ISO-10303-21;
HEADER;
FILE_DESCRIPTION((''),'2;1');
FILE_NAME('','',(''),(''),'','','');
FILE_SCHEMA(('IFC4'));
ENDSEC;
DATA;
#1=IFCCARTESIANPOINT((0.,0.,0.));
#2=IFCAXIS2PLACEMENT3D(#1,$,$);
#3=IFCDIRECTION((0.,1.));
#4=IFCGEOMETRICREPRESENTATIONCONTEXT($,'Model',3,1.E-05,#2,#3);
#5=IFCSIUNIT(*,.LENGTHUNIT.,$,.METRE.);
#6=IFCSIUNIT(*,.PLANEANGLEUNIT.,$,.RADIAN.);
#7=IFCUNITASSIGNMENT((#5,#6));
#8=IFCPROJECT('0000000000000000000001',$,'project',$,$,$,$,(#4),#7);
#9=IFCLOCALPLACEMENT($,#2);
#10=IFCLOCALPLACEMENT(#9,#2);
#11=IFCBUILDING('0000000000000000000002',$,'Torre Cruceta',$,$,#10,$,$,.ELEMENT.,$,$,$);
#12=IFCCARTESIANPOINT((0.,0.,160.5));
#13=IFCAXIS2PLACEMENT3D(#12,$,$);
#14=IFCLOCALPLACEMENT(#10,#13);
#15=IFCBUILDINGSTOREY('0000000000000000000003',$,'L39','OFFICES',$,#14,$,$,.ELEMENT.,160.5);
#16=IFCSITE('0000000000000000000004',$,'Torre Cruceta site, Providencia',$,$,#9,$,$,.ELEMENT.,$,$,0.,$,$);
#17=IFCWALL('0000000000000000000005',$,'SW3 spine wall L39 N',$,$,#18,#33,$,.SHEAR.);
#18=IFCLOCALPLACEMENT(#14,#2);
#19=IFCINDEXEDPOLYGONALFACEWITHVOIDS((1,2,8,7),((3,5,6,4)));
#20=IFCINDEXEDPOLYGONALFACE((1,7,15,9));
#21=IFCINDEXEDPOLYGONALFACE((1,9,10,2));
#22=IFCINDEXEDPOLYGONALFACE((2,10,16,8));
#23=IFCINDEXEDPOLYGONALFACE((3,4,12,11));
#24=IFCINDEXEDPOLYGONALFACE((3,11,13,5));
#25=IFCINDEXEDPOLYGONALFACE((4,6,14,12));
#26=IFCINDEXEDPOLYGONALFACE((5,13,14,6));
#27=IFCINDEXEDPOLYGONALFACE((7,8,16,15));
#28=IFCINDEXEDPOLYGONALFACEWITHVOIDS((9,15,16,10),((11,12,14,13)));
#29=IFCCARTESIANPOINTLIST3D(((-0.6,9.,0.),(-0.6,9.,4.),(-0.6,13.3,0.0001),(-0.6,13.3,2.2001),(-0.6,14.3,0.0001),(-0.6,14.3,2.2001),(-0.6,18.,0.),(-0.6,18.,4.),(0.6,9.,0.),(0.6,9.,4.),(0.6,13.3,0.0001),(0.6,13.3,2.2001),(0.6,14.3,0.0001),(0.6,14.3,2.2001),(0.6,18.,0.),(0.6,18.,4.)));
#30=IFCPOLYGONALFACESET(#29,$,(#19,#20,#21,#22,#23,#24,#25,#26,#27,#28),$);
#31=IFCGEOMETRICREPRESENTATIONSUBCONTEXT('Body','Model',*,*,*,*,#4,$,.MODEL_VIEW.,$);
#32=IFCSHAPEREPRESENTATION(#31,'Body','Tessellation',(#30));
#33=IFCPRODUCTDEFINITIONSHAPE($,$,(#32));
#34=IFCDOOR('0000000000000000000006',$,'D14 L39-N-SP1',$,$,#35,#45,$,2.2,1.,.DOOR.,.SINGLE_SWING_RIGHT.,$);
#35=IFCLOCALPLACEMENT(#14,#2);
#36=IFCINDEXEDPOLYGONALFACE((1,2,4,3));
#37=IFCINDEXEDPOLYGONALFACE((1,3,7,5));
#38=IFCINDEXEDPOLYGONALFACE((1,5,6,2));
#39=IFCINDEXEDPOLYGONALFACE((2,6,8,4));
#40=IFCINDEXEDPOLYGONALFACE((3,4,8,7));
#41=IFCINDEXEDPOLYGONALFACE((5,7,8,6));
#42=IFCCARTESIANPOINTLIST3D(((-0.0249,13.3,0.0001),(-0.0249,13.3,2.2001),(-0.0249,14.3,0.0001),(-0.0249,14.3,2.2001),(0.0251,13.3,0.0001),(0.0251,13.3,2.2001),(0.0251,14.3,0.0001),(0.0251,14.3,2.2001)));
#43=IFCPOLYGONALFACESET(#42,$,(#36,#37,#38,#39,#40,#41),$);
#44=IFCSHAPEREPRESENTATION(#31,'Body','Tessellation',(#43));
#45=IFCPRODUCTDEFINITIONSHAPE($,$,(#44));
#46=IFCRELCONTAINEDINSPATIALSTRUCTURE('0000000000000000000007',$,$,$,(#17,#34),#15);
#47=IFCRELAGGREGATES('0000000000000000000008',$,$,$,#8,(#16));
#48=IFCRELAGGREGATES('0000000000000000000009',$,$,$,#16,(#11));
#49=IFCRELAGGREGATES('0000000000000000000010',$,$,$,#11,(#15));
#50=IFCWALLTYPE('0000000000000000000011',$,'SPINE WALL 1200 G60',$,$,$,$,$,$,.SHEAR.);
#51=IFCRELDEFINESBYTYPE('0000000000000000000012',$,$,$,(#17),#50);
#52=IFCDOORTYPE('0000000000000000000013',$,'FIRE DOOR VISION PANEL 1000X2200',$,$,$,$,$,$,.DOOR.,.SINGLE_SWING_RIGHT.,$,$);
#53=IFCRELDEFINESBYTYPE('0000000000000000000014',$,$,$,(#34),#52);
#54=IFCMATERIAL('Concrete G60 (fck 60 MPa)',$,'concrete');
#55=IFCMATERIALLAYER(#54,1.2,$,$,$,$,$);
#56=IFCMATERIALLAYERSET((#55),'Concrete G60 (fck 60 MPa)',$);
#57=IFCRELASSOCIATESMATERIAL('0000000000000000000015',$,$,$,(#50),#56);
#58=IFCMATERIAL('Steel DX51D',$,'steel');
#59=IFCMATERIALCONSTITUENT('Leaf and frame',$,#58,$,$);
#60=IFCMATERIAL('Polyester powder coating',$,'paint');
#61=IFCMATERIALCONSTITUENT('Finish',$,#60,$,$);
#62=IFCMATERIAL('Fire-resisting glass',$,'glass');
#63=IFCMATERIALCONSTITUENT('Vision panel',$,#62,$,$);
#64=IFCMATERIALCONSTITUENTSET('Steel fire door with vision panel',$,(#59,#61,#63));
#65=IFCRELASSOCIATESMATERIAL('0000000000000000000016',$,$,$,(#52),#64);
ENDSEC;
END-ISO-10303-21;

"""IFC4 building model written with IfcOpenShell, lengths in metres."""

from ifc_helpers import new_model, si_unit, direction, frame, frame_2d, origin, place, context, subcontext, project, spatial, rectangle, extrude, material, layer, layer_set, constituent, constituent_set, type_object, element, fill, save


model = new_model("IFC4")

# Units and contexts
model_context = context("Model", 3, precision=1e-05, world=origin(), true_north=direction((0.0, 1.0)))
body_context = subcontext(model_context, "Body", "Model", "MODEL_VIEW")
ifc_project = project(units=[si_unit("LENGTHUNIT", "METRE"), si_unit("PLANEANGLEUNIT", "RADIAN")], contexts=[model_context])

# Site, building, storey
site_placement = place(None, origin())
site = spatial("IfcSite", under=ifc_project, at=site_placement, Name="Torre Cruceta site, Providencia", CompositionType="ELEMENT", RefElevation=0.0)
building_placement = place(site_placement, origin())
building = spatial("IfcBuilding", under=site, at=building_placement, Name="Torre Cruceta", CompositionType="ELEMENT")
storey_placement = place(building_placement, frame((0.0, 0.0, 160.5)))
storey = spatial("IfcBuildingStorey", under=building, at=storey_placement, Name="L39", Description="OFFICES", CompositionType="ELEMENT", Elevation=160.5)

# Wall, opening, door
ifc_material_1 = material(Name="Concrete G60 (fck 60 MPa)", Category="concrete")
ifc_layer_1 = layer(ifc_material_1, 1.2)
ifc_layer_set_1 = layer_set([ifc_layer_1], Name="Concrete G60 (fck 60 MPa)")
wall_type_1 = type_object("IfcWallType", Name="SPINE WALL 1200 G60", PredefinedType="SHEAR", material=ifc_layer_set_1)
wall_1_placement = place(storey_placement, frame((0.0, 9.0, 0.0), z_axis=(0.0, 0.0, 1.0), x_axis=(0.0, 1.0, 0.0)))
wall_1 = element("IfcWall", 1, at=wall_1_placement, inside=storey, type_object=wall_type_1, Name="SW3 spine wall L39 N", PredefinedType="SHEAR", context=body_context, shape_type="SweptSolid", body=[
    extrude(rectangle(XDim=9.0, YDim=1.2, at=frame_2d((4.5, 0.0))), origin(), (0.0, 0.0, 1.0), 4.0),
])
opening_1_placement = place(wall_1_placement, frame((4.3, 0.0, 0.0)))
opening_1 = element("IfcOpeningElement", 2, at=opening_1_placement, cuts=wall_1, PredefinedType="OPENING", context=body_context, shape_type="SweptSolid", body=[
    extrude(rectangle(XDim=1.0, YDim=2.2, at=frame_2d((0.5, 1.1001))), frame((0.0, 0.6099, 0.0), z_axis=(0.0, -1.0, 0.0), x_axis=(1.0, 0.0, 0.0)), (0.0, 0.0, 1.0), 1.22),
])
ifc_material_2 = material(Name="Steel DX51D", Category="steel")
ifc_constituent_1 = constituent(ifc_material_2, Name="Leaf and frame")
ifc_material_3 = material(Name="Polyester powder coating", Category="paint")
ifc_constituent_2 = constituent(ifc_material_3, Name="Finish")
ifc_material_4 = material(Name="Fire-resisting glass", Category="glass")
ifc_constituent_3 = constituent(ifc_material_4, Name="Vision panel")
ifc_constituent_set_1 = constituent_set(constituents=[ifc_constituent_1, ifc_constituent_2, ifc_constituent_3], Name="Steel fire door with vision panel")
door_type_1 = type_object("IfcDoorType", Name="FIRE DOOR VISION PANEL 1000X2200", OperationType="SINGLE_SWING_RIGHT", PredefinedType="DOOR", material=ifc_constituent_set_1)
door_1_placement = place(opening_1_placement, origin())
door_1 = element("IfcDoor", 3, at=door_1_placement, inside=storey, type_object=door_type_1, Name="D14 L39-N-SP1", OperationType="SINGLE_SWING_RIGHT", OverallHeight=2.2, OverallWidth=1.0, PredefinedType="DOOR", context=body_context, shape_type="SweptSolid", body=[
    extrude(rectangle(XDim=1.0, YDim=2.2, at=frame_2d((0.5, 1.1001))), frame((0.0, 0.0249, 0.0), z_axis=(0.0, -1.0, 0.0), x_axis=(1.0, 0.0, 0.0)), (0.0, 0.0, 1.0), 0.05),
])
fill(opening_1, door_1)

save(model, "model.ifc")
